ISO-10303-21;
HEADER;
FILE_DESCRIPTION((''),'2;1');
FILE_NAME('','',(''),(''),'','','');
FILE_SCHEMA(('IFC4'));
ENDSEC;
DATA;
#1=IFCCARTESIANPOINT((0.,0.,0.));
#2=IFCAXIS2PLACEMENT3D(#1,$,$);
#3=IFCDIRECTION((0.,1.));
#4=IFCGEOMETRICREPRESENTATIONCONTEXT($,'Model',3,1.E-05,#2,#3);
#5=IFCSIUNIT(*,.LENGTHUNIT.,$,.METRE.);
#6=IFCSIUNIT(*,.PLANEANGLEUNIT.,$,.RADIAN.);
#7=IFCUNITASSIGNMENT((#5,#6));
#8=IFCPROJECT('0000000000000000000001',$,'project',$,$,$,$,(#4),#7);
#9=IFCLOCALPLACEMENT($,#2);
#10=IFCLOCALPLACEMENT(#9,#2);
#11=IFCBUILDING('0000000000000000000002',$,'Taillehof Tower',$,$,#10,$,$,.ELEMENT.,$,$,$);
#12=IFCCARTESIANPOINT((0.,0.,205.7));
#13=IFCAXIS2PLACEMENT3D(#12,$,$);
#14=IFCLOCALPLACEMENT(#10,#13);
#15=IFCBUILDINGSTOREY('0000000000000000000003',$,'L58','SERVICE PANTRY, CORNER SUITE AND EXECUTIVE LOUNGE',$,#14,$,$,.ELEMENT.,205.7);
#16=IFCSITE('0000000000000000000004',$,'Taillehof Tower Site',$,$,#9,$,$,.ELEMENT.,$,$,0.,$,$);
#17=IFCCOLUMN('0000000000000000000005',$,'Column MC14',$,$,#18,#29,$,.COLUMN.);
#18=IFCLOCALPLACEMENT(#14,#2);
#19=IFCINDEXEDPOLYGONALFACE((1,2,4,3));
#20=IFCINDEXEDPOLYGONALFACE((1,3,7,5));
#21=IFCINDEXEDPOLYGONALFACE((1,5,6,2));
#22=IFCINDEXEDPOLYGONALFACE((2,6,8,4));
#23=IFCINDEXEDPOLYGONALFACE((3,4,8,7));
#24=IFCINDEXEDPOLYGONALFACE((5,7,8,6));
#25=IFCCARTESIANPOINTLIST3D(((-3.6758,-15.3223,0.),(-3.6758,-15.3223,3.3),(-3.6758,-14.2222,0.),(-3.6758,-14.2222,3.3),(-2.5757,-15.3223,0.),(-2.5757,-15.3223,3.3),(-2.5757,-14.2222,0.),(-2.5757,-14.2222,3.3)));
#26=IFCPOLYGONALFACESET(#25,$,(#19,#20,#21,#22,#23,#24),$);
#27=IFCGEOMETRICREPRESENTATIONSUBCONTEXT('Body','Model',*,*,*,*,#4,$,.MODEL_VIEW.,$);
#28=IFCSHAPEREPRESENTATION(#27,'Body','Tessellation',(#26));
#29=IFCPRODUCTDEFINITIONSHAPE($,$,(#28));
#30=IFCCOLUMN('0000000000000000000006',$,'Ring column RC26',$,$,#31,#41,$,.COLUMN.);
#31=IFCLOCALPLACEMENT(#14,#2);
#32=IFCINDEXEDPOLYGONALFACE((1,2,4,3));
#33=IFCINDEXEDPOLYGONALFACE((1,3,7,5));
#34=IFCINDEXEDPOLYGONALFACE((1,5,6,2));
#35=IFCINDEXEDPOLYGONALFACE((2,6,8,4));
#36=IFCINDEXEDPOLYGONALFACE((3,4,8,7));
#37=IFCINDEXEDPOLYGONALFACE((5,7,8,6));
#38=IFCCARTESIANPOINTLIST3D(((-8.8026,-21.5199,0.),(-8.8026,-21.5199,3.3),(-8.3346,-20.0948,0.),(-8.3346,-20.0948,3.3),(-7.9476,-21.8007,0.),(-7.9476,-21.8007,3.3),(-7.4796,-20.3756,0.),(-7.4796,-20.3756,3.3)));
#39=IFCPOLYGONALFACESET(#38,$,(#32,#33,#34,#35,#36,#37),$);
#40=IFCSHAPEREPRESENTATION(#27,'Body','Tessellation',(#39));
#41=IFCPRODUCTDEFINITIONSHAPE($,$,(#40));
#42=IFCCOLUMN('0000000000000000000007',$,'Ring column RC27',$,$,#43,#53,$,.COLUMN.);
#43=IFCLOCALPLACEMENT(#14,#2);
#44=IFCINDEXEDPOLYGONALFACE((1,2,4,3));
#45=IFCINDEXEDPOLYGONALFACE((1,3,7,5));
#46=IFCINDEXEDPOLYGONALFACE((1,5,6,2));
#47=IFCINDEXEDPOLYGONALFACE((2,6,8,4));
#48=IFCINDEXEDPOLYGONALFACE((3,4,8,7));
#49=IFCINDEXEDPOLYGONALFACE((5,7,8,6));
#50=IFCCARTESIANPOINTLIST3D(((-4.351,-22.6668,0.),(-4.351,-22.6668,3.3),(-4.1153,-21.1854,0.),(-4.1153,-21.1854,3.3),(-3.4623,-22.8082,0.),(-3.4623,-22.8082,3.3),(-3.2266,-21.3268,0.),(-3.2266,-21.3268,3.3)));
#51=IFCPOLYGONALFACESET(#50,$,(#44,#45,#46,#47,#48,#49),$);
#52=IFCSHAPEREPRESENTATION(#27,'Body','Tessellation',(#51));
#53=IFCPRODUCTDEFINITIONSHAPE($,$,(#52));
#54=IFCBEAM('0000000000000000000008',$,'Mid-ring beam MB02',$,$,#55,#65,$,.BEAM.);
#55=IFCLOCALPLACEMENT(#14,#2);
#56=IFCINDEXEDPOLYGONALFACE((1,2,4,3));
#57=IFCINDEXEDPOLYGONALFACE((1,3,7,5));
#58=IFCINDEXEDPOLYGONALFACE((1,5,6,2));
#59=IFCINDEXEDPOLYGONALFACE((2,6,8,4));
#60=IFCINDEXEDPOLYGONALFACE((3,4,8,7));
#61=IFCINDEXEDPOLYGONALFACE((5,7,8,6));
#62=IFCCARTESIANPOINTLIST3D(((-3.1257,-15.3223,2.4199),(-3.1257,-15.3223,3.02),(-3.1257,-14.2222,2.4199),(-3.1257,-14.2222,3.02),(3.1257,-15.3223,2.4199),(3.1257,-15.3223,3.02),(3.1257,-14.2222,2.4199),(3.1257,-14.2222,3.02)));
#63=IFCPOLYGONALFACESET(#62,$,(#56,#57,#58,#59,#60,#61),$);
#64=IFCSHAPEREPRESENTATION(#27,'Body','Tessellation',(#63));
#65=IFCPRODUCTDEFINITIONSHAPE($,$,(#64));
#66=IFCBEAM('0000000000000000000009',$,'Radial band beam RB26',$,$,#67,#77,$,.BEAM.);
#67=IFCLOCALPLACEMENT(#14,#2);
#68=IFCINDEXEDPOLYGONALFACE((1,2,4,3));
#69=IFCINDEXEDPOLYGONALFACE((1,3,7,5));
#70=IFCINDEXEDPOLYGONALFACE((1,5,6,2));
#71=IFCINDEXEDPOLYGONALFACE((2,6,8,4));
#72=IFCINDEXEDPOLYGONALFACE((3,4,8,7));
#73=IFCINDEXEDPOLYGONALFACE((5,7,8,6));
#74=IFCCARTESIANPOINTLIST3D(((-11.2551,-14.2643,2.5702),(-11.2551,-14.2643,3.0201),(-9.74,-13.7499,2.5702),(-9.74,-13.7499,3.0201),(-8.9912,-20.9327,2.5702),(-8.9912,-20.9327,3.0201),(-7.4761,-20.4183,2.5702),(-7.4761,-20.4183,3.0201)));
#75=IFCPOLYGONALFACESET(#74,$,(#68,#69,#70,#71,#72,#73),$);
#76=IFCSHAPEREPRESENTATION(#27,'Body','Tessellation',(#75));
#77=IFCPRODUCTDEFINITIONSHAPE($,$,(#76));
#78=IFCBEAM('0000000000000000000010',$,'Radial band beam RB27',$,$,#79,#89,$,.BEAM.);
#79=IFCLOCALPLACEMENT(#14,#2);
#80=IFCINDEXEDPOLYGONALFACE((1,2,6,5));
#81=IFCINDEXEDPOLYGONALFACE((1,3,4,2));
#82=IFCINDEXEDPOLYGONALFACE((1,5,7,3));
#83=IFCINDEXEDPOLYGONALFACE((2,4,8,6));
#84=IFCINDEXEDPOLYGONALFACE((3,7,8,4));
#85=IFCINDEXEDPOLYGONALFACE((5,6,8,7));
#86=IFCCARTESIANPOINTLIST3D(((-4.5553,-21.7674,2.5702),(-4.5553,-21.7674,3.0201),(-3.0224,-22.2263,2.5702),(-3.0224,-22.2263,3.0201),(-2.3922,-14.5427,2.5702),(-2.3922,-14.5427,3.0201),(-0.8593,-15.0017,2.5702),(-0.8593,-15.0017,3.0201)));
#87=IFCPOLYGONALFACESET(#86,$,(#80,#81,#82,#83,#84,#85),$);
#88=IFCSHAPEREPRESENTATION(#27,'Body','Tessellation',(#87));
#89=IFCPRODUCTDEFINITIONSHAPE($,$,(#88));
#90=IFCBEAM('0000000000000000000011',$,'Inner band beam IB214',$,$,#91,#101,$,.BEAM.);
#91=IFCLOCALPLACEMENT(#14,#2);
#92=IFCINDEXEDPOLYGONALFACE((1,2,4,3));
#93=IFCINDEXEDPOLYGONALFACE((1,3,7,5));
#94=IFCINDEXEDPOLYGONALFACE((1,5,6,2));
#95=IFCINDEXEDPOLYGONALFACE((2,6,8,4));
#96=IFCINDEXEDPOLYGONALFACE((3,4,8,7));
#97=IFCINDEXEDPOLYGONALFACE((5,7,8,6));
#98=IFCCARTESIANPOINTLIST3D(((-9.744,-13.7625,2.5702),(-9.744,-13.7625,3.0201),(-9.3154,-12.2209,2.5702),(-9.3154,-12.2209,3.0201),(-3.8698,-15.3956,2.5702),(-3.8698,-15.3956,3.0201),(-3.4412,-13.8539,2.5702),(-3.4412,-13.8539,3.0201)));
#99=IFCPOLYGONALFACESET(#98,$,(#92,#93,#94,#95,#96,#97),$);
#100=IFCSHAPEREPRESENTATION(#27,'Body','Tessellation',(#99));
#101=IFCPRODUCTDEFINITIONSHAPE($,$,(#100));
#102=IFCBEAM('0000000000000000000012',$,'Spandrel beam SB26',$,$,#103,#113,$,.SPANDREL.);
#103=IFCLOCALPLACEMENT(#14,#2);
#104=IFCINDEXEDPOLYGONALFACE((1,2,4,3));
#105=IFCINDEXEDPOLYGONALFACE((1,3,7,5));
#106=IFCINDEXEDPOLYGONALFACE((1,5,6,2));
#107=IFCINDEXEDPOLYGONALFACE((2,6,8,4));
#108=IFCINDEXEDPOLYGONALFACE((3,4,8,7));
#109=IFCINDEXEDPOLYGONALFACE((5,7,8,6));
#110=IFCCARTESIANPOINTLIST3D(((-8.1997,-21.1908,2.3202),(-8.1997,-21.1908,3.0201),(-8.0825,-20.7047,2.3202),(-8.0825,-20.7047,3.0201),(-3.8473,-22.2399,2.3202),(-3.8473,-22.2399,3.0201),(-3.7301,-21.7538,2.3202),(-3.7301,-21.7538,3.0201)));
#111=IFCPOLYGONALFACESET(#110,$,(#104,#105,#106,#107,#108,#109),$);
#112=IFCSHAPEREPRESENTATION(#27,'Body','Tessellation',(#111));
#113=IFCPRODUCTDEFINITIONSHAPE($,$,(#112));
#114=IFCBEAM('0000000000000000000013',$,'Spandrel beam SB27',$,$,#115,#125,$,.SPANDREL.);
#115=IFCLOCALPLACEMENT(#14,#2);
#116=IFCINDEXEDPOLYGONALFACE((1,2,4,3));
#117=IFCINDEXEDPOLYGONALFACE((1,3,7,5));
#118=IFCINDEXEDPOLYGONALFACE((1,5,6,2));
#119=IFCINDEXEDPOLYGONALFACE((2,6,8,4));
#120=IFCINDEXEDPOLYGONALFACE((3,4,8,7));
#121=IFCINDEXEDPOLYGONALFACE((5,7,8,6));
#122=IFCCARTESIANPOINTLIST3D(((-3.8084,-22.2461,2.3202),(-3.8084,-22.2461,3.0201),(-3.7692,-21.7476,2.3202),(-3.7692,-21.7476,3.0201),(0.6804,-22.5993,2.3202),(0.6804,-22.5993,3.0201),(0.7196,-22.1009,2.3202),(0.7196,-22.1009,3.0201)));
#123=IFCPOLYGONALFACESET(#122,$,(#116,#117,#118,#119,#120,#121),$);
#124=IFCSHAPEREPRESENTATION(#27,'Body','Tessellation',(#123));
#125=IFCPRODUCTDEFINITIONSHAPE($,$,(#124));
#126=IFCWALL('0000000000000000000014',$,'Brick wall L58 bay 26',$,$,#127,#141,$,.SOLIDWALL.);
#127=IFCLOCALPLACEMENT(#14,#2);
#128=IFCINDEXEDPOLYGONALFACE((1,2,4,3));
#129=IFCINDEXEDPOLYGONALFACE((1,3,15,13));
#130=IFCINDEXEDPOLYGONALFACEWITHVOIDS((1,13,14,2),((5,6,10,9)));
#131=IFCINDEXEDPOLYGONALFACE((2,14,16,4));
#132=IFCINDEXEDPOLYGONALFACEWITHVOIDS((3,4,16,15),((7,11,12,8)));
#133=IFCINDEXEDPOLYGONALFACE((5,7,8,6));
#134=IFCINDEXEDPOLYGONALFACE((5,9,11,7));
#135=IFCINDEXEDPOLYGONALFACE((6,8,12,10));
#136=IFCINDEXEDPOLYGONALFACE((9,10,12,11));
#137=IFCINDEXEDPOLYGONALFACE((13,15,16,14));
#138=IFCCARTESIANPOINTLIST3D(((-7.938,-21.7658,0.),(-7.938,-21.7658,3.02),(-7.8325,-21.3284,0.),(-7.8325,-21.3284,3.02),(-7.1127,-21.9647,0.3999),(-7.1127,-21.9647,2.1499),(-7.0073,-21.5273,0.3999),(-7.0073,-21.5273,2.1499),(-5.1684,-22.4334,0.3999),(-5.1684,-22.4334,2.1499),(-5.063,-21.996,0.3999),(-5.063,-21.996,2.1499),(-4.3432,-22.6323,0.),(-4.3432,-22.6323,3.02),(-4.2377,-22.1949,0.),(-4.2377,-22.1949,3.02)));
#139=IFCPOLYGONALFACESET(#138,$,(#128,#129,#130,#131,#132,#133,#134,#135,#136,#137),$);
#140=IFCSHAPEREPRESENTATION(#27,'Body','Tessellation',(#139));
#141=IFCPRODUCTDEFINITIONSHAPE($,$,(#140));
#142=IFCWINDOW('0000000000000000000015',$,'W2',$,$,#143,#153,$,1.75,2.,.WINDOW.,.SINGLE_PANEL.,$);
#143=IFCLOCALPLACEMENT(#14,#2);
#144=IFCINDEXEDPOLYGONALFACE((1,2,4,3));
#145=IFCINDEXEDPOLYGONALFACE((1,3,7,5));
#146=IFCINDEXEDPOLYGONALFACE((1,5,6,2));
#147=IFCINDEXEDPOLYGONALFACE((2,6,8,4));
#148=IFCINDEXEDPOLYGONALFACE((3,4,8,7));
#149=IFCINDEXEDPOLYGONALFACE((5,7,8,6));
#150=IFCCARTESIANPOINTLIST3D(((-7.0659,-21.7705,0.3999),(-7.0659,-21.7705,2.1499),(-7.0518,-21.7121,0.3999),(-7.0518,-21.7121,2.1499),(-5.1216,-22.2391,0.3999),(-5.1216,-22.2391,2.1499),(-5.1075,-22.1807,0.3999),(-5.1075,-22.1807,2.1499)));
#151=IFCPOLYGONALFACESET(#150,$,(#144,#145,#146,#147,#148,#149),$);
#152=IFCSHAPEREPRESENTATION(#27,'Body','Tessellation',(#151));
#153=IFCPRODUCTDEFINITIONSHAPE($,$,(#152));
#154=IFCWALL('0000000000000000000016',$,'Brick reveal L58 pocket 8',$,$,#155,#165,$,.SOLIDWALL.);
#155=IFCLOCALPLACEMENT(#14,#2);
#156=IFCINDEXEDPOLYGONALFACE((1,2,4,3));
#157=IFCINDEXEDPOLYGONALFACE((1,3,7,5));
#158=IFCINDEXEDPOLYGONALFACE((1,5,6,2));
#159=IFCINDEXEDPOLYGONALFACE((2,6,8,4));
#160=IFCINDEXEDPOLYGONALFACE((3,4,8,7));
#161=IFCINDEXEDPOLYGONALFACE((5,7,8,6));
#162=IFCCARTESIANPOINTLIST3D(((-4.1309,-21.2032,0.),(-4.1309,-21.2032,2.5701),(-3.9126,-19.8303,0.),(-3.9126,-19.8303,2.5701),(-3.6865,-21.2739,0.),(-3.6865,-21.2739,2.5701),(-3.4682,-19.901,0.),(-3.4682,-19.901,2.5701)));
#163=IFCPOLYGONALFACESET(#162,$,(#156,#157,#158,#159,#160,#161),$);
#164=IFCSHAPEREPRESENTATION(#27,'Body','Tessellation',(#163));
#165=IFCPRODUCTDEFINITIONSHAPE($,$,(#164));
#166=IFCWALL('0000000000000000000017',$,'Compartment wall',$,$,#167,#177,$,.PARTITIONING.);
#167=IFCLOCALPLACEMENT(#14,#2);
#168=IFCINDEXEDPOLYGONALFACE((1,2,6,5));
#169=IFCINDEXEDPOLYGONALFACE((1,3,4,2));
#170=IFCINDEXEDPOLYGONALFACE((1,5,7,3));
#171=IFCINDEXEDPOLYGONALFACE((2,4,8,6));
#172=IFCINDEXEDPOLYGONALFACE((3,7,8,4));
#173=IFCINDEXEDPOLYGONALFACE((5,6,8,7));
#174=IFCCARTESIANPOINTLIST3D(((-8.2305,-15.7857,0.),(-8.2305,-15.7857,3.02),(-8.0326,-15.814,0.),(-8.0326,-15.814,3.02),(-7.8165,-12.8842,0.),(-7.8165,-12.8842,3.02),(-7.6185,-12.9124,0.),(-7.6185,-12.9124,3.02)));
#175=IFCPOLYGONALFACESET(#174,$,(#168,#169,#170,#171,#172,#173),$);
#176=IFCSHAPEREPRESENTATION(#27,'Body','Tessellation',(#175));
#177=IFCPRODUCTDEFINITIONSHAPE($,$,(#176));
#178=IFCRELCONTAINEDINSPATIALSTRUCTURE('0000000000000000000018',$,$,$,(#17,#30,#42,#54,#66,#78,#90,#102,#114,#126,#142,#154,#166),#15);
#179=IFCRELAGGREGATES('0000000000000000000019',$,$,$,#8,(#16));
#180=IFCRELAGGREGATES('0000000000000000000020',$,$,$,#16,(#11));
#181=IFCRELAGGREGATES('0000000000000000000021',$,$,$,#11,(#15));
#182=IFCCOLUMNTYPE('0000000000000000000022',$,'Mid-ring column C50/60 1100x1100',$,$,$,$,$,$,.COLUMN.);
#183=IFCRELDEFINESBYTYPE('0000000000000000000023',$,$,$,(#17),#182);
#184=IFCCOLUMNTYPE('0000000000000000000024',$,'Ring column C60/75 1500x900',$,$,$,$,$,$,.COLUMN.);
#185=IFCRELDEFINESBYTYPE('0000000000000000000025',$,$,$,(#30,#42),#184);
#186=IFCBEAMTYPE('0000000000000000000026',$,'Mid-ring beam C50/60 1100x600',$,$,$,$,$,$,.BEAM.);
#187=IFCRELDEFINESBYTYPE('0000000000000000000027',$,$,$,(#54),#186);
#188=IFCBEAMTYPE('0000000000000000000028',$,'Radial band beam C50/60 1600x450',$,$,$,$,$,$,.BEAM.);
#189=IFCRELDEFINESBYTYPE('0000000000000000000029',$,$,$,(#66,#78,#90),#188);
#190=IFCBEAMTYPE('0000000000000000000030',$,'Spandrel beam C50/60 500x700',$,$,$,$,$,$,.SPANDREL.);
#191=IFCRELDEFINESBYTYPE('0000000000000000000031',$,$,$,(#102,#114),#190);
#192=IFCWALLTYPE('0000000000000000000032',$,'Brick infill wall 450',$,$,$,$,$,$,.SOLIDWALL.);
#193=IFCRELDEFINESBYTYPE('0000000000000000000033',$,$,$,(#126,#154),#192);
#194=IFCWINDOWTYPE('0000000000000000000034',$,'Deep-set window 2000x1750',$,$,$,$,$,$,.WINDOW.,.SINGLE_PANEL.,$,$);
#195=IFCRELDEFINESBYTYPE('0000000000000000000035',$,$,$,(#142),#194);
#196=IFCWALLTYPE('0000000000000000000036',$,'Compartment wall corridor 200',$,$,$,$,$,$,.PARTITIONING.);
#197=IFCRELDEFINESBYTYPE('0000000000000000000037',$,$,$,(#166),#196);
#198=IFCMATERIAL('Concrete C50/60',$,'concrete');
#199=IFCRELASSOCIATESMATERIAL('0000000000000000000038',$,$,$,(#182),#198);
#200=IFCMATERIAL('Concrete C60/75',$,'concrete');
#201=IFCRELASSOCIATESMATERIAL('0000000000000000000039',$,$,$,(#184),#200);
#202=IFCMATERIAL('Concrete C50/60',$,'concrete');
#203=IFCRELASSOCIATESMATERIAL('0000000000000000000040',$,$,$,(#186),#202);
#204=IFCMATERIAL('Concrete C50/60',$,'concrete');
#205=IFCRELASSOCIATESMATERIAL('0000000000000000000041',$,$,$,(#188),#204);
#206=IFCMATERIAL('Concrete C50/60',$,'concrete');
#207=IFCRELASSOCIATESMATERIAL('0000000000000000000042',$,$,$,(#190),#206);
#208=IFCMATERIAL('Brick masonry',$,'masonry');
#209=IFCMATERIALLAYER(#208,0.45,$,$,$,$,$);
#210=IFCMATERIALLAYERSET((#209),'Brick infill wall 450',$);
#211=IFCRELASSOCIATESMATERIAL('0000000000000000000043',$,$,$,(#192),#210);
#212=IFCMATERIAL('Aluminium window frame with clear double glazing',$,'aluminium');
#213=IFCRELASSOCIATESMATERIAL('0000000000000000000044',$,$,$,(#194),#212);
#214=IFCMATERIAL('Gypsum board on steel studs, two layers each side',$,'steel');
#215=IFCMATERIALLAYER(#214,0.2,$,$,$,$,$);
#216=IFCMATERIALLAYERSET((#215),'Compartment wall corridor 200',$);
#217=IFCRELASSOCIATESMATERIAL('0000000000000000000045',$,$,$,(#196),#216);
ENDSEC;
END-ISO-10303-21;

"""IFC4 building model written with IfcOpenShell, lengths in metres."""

from ifc_helpers import new_model, si_unit, direction, frame, frame_2d, origin, origin_2d, place, context, subcontext, project, spatial, rectangle, extrude, material, layer, layer_set, material_profile, profile_set, type_object, element, fill, save


model = new_model("IFC4")

# Units and contexts
model_context = context("Model", 3, precision=1e-05, world=origin(), true_north=direction((0.0, 1.0)))
body_context = subcontext(model_context, "Body", "Model", "MODEL_VIEW")
ifc_project = project(units=[si_unit("LENGTHUNIT", "METRE"), si_unit("PLANEANGLEUNIT", "RADIAN")], contexts=[model_context])

# Site, building, storey
site_placement = place(None, origin())
site = spatial("IfcSite", under=ifc_project, at=site_placement, Name="Taillehof Tower Site", CompositionType="ELEMENT", RefElevation=0.0)
building_placement = place(site_placement, origin())
building = spatial("IfcBuilding", under=site, at=building_placement, Name="Taillehof Tower", CompositionType="ELEMENT")
storey_placement = place(building_placement, frame((0.0, 0.0, 205.7)))
storey = spatial("IfcBuildingStorey", under=building, at=storey_placement, Name="L58", Description="SERVICE PANTRY, CORNER SUITE AND EXECUTIVE LOUNGE", CompositionType="ELEMENT", Elevation=205.7)

# Columns
ifc_material_1 = material(Name="Concrete C50/60", Category="concrete")
ifc_material_profile_1 = material_profile(ifc_material_1, rectangle(XDim=1.1001, YDim=1.1001, at=origin_2d()), Name="RC 1100x1100")
ifc_profile_set_1 = profile_set([ifc_material_profile_1], Name="Concrete C50/60")
column_type_1 = type_object("IfcColumnType", Name="Mid-ring column C50/60 1100x1100", PredefinedType="COLUMN", material=ifc_profile_set_1)
column_placement = place(storey_placement, frame((-3.1257, -14.7722, 0.0), z_axis=(0.0, 0.0, 1.0), x_axis=(1.0, 0.0, 0.0)))
element("IfcColumn", 1, at=column_placement, inside=storey, type_object=column_type_1, Name="Column MC14", PredefinedType="COLUMN", context=body_context, shape_type="SweptSolid", body=[
    extrude(rectangle(XDim=1.1001, YDim=1.1001, at=origin_2d()), origin(), (0.0, 0.0, 1.0), 3.3),
])
ifc_material_2 = material(Name="Concrete C60/75", Category="concrete")
ifc_material_profile_2 = material_profile(ifc_material_2, rectangle(XDim=1.5, YDim=0.8999, at=origin_2d()), Name="RC 1500x900")
ifc_profile_set_2 = profile_set([ifc_material_profile_2], Name="Concrete C60/75")
column_type_2 = type_object("IfcColumnType", Name="Ring column C60/75 1500x900", PredefinedType="COLUMN", material=ifc_profile_set_2)
for number, where, z_axis, x_axis, name in (
    (2, (-8.1411, -20.9478, 0.0), (0.0, 0.0, 1.0), (-0.312001, -0.950082, 0.0), "Ring column RC26"),
    (3, (-3.7888, -21.9968, 0.0), (0.0, 0.0, 1.0), (-0.157116, -0.98758, 0.0), "Ring column RC27"),
):
    element("IfcColumn", number, at=place(storey_placement, frame(where, z_axis=z_axis, x_axis=x_axis)), inside=storey, type_object=column_type_2, Name=name, PredefinedType="COLUMN", context=body_context, shape_type="SweptSolid", body=[
        extrude(rectangle(XDim=1.5, YDim=0.8999, at=origin_2d()), origin(), (0.0, 0.0, 1.0), 3.3),
    ])

# Beams
ifc_material_3 = material(Name="Concrete C50/60", Category="concrete")
ifc_material_profile_3 = material_profile(ifc_material_3, rectangle(XDim=1.1001, YDim=0.6001, at=origin_2d()), Name="RC 1100x600")
ifc_profile_set_3 = profile_set([ifc_material_profile_3], Name="Concrete C50/60")
beam_type_1 = type_object("IfcBeamType", Name="Mid-ring beam C50/60 1100x600", PredefinedType="BEAM", material=ifc_profile_set_3)
beam_1_placement = place(storey_placement, frame((-3.1257, -14.7722, 2.72), z_axis=(1.0, 0.0, 0.0), x_axis=(0.0, 1.0, 0.0)))
element("IfcBeam", 4, at=beam_1_placement, inside=storey, type_object=beam_type_1, Name="Mid-ring beam MB02", PredefinedType="BEAM", context=body_context, shape_type="SweptSolid", body=[
    extrude(rectangle(XDim=1.1001, YDim=0.6001, at=origin_2d()), origin(), (0.0, 0.0, 1.0), 6.2515),
])
ifc_material_4 = material(Name="Concrete C50/60", Category="concrete")
ifc_material_profile_4 = material_profile(ifc_material_4, rectangle(XDim=1.6001, YDim=0.45, at=origin_2d()), Name="RC 1600x450")
ifc_profile_set_4 = profile_set([ifc_material_profile_4], Name="Concrete C50/60")
beam_type_2 = type_object("IfcBeamType", Name="Radial band beam C50/60 1600x450", PredefinedType="BEAM", material=ifc_profile_set_4)
beam_2_placement = place(storey_placement, frame((-8.2336, -20.6755, 2.7952), z_axis=(-0.321475, 0.946918, 0.0), x_axis=(-0.946918, -0.321475, 0.0)))
element("IfcBeam", 5, at=beam_2_placement, inside=storey, type_object=beam_type_2, Name="Radial band beam RB26", PredefinedType="BEAM", context=body_context, shape_type="SweptSolid", body=[
    extrude(rectangle(XDim=1.6001, YDim=0.45, at=origin_2d()), origin(), (0.0, 0.0, 1.0), 7.0422),
])
beam_3_placement = place(storey_placement, frame((-3.7888, -21.9968, 2.7952), z_axis=(0.286825, 0.957983, 0.0), x_axis=(-0.957983, 0.286825, 0.0)))
element("IfcBeam", 6, at=beam_3_placement, inside=storey, type_object=beam_type_2, Name="Radial band beam RB27", PredefinedType="BEAM", context=body_context, shape_type="SweptSolid", body=[
    extrude(rectangle(XDim=1.6001, YDim=0.45, at=origin_2d()), origin(), (0.0, 0.0, 1.0), 7.5415),
])
beam_4_placement = place(storey_placement, frame((-3.6555, -14.6248, 2.7952), z_axis=(-0.963459, 0.267855, 0.0), x_axis=(-0.267855, -0.963459, 0.0)))
element("IfcBeam", 7, at=beam_4_placement, inside=storey, type_object=beam_type_2, Name="Inner band beam IB214", PredefinedType="BEAM", context=body_context, shape_type="SweptSolid", body=[
    extrude(rectangle(XDim=1.6001, YDim=0.45, at=origin_2d()), origin(), (0.0, 0.0, 1.0), 6.0969),
])
ifc_material_5 = material(Name="Concrete C50/60", Category="concrete")
ifc_material_profile_5 = material_profile(ifc_material_5, rectangle(XDim=0.5, YDim=0.7, at=origin_2d()), Name="RC 500x700")
ifc_profile_set_5 = profile_set([ifc_material_profile_5], Name="Concrete C50/60")
beam_type_3 = type_object("IfcBeamType", Name="Spandrel beam C50/60 500x700", PredefinedType="SPANDREL", material=ifc_profile_set_5)
beam_5_placement = place(storey_placement, frame((-8.1411, -20.9478, 2.6702), z_axis=(0.972158, -0.234328, 0.0), x_axis=(0.234328, 0.972158, 0.0)))
element("IfcBeam", 8, at=beam_5_placement, inside=storey, type_object=beam_type_3, Name="Spandrel beam SB26", PredefinedType="SPANDREL", context=body_context, shape_type="SweptSolid", body=[
    extrude(rectangle(XDim=0.5, YDim=0.7, at=origin_2d()), origin(), (0.0, 0.0, 1.0), 4.4771),
])
beam_6_placement = place(storey_placement, frame((-3.7888, -21.9968, 2.6702), z_axis=(0.996917, -0.078459, 0.0), x_axis=(0.078459, 0.996917, 0.0)))
element("IfcBeam", 9, at=beam_6_placement, inside=storey, type_object=beam_type_3, Name="Spandrel beam SB27", PredefinedType="SPANDREL", context=body_context, shape_type="SweptSolid", body=[
    extrude(rectangle(XDim=0.5, YDim=0.7, at=origin_2d()), origin(), (0.0, 0.0, 1.0), 4.5027),
])

# Wall, opening, window
ifc_material_6 = material(Name="Brick masonry", Category="masonry")
ifc_layer_1 = layer(ifc_material_6, 0.45)
ifc_layer_set_1 = layer_set([ifc_layer_1], Name="Brick infill wall 450")
wall_type_1 = type_object("IfcWallType", Name="Brick infill wall 450", PredefinedType="SOLIDWALL", material=ifc_layer_set_1)
wall_1_placement = place(storey_placement, frame((-7.8853, -21.5471, 0.0), z_axis=(0.0, 0.0, 1.0), x_axis=(0.972158, -0.234324, 0.0)))
wall_1 = element("IfcWall", 10, at=wall_1_placement, inside=storey, type_object=wall_type_1, Name="Brick wall L58 bay 26", PredefinedType="SOLIDWALL", context=body_context, shape_type="SweptSolid", body=[
    extrude(rectangle(XDim=3.6978, YDim=0.45, at=frame_2d((1.8489, 0.0))), origin(), (0.0, 0.0, 1.0), 3.02),
])
opening_1_placement = place(wall_1_placement, frame((0.8489, 0.0, 0.3999)))
opening_1 = element("IfcOpeningElement", 11, at=opening_1_placement, cuts=wall_1, PredefinedType="OPENING", context=body_context, shape_type="SweptSolid", body=[
    extrude(rectangle(XDim=2.0, YDim=1.75, at=frame_2d((1.0, 0.875))), frame((0.0, 0.2349, 0.0), z_axis=(0.0, -1.0, 0.0), x_axis=(1.0, 0.0, 0.0)), (0.0, 0.0, 1.0), 0.47),
])
ifc_material_7 = material(Name="Aluminium window frame with clear double glazing", Category="aluminium")
window_type_1 = type_object("IfcWindowType", Name="Deep-set window 2000x1750", PartitioningType="SINGLE_PANEL", PredefinedType="WINDOW", material=ifc_material_7)
window_1_placement = place(opening_1_placement, origin())
window_1 = element("IfcWindow", 12, at=window_1_placement, inside=storey, type_object=window_type_1, Name="W2", OverallHeight=1.75, OverallWidth=2.0, PartitioningType="SINGLE_PANEL", PredefinedType="WINDOW", context=body_context, shape_type="SweptSolid", body=[
    extrude(rectangle(XDim=2.0, YDim=1.75, at=frame_2d((1.0, 0.875))), frame((0.0, 0.0349, 0.0), z_axis=(0.0, -1.0, 0.0), x_axis=(1.0, 0.0, 0.0)), (0.0, 0.0, 1.0), 0.0601),
])
fill(opening_1, window_1)

# Wall
wall_2_placement = place(storey_placement, frame((-3.9087, -21.2385, 0.0), z_axis=(0.0, 0.0, 1.0), x_axis=(0.157018, 0.987596, 0.0)))
element("IfcWall", 13, at=wall_2_placement, inside=storey, type_object=wall_type_1, Name="Brick reveal L58 pocket 8", PredefinedType="SOLIDWALL", context=body_context, shape_type="SweptSolid", body=[
    extrude(rectangle(XDim=1.3901, YDim=0.45, at=frame_2d((0.6951, 0.0))), origin(), (0.0, 0.0, 1.0), 2.5701),
])

# Wall
ifc_material_8 = material(Name="Gypsum board on steel studs, two layers each side", Category="steel")
ifc_layer_2 = layer(ifc_material_8, 0.2)
ifc_layer_set_2 = layer_set([ifc_layer_2], Name="Compartment wall corridor 200")
wall_type_2 = type_object("IfcWallType", Name="Compartment wall corridor 200", PredefinedType="PARTITIONING", material=ifc_layer_set_2)
wall_3_placement = place(storey_placement, frame((-7.7175, -12.8984, 0.0), z_axis=(0.0, 0.0, 1.0), x_axis=(-0.14127, -0.989971, 0.0)))
element("IfcWall", 14, at=wall_3_placement, inside=storey, type_object=wall_type_2, Name="Compartment wall", PredefinedType="PARTITIONING", context=body_context, shape_type="SweptSolid", body=[
    extrude(rectangle(XDim=2.9309, YDim=0.2, at=frame_2d((1.4653, 0.0))), origin(), (0.0, 0.0, 1.0), 3.02),
])

save(model, "model.ifc")
